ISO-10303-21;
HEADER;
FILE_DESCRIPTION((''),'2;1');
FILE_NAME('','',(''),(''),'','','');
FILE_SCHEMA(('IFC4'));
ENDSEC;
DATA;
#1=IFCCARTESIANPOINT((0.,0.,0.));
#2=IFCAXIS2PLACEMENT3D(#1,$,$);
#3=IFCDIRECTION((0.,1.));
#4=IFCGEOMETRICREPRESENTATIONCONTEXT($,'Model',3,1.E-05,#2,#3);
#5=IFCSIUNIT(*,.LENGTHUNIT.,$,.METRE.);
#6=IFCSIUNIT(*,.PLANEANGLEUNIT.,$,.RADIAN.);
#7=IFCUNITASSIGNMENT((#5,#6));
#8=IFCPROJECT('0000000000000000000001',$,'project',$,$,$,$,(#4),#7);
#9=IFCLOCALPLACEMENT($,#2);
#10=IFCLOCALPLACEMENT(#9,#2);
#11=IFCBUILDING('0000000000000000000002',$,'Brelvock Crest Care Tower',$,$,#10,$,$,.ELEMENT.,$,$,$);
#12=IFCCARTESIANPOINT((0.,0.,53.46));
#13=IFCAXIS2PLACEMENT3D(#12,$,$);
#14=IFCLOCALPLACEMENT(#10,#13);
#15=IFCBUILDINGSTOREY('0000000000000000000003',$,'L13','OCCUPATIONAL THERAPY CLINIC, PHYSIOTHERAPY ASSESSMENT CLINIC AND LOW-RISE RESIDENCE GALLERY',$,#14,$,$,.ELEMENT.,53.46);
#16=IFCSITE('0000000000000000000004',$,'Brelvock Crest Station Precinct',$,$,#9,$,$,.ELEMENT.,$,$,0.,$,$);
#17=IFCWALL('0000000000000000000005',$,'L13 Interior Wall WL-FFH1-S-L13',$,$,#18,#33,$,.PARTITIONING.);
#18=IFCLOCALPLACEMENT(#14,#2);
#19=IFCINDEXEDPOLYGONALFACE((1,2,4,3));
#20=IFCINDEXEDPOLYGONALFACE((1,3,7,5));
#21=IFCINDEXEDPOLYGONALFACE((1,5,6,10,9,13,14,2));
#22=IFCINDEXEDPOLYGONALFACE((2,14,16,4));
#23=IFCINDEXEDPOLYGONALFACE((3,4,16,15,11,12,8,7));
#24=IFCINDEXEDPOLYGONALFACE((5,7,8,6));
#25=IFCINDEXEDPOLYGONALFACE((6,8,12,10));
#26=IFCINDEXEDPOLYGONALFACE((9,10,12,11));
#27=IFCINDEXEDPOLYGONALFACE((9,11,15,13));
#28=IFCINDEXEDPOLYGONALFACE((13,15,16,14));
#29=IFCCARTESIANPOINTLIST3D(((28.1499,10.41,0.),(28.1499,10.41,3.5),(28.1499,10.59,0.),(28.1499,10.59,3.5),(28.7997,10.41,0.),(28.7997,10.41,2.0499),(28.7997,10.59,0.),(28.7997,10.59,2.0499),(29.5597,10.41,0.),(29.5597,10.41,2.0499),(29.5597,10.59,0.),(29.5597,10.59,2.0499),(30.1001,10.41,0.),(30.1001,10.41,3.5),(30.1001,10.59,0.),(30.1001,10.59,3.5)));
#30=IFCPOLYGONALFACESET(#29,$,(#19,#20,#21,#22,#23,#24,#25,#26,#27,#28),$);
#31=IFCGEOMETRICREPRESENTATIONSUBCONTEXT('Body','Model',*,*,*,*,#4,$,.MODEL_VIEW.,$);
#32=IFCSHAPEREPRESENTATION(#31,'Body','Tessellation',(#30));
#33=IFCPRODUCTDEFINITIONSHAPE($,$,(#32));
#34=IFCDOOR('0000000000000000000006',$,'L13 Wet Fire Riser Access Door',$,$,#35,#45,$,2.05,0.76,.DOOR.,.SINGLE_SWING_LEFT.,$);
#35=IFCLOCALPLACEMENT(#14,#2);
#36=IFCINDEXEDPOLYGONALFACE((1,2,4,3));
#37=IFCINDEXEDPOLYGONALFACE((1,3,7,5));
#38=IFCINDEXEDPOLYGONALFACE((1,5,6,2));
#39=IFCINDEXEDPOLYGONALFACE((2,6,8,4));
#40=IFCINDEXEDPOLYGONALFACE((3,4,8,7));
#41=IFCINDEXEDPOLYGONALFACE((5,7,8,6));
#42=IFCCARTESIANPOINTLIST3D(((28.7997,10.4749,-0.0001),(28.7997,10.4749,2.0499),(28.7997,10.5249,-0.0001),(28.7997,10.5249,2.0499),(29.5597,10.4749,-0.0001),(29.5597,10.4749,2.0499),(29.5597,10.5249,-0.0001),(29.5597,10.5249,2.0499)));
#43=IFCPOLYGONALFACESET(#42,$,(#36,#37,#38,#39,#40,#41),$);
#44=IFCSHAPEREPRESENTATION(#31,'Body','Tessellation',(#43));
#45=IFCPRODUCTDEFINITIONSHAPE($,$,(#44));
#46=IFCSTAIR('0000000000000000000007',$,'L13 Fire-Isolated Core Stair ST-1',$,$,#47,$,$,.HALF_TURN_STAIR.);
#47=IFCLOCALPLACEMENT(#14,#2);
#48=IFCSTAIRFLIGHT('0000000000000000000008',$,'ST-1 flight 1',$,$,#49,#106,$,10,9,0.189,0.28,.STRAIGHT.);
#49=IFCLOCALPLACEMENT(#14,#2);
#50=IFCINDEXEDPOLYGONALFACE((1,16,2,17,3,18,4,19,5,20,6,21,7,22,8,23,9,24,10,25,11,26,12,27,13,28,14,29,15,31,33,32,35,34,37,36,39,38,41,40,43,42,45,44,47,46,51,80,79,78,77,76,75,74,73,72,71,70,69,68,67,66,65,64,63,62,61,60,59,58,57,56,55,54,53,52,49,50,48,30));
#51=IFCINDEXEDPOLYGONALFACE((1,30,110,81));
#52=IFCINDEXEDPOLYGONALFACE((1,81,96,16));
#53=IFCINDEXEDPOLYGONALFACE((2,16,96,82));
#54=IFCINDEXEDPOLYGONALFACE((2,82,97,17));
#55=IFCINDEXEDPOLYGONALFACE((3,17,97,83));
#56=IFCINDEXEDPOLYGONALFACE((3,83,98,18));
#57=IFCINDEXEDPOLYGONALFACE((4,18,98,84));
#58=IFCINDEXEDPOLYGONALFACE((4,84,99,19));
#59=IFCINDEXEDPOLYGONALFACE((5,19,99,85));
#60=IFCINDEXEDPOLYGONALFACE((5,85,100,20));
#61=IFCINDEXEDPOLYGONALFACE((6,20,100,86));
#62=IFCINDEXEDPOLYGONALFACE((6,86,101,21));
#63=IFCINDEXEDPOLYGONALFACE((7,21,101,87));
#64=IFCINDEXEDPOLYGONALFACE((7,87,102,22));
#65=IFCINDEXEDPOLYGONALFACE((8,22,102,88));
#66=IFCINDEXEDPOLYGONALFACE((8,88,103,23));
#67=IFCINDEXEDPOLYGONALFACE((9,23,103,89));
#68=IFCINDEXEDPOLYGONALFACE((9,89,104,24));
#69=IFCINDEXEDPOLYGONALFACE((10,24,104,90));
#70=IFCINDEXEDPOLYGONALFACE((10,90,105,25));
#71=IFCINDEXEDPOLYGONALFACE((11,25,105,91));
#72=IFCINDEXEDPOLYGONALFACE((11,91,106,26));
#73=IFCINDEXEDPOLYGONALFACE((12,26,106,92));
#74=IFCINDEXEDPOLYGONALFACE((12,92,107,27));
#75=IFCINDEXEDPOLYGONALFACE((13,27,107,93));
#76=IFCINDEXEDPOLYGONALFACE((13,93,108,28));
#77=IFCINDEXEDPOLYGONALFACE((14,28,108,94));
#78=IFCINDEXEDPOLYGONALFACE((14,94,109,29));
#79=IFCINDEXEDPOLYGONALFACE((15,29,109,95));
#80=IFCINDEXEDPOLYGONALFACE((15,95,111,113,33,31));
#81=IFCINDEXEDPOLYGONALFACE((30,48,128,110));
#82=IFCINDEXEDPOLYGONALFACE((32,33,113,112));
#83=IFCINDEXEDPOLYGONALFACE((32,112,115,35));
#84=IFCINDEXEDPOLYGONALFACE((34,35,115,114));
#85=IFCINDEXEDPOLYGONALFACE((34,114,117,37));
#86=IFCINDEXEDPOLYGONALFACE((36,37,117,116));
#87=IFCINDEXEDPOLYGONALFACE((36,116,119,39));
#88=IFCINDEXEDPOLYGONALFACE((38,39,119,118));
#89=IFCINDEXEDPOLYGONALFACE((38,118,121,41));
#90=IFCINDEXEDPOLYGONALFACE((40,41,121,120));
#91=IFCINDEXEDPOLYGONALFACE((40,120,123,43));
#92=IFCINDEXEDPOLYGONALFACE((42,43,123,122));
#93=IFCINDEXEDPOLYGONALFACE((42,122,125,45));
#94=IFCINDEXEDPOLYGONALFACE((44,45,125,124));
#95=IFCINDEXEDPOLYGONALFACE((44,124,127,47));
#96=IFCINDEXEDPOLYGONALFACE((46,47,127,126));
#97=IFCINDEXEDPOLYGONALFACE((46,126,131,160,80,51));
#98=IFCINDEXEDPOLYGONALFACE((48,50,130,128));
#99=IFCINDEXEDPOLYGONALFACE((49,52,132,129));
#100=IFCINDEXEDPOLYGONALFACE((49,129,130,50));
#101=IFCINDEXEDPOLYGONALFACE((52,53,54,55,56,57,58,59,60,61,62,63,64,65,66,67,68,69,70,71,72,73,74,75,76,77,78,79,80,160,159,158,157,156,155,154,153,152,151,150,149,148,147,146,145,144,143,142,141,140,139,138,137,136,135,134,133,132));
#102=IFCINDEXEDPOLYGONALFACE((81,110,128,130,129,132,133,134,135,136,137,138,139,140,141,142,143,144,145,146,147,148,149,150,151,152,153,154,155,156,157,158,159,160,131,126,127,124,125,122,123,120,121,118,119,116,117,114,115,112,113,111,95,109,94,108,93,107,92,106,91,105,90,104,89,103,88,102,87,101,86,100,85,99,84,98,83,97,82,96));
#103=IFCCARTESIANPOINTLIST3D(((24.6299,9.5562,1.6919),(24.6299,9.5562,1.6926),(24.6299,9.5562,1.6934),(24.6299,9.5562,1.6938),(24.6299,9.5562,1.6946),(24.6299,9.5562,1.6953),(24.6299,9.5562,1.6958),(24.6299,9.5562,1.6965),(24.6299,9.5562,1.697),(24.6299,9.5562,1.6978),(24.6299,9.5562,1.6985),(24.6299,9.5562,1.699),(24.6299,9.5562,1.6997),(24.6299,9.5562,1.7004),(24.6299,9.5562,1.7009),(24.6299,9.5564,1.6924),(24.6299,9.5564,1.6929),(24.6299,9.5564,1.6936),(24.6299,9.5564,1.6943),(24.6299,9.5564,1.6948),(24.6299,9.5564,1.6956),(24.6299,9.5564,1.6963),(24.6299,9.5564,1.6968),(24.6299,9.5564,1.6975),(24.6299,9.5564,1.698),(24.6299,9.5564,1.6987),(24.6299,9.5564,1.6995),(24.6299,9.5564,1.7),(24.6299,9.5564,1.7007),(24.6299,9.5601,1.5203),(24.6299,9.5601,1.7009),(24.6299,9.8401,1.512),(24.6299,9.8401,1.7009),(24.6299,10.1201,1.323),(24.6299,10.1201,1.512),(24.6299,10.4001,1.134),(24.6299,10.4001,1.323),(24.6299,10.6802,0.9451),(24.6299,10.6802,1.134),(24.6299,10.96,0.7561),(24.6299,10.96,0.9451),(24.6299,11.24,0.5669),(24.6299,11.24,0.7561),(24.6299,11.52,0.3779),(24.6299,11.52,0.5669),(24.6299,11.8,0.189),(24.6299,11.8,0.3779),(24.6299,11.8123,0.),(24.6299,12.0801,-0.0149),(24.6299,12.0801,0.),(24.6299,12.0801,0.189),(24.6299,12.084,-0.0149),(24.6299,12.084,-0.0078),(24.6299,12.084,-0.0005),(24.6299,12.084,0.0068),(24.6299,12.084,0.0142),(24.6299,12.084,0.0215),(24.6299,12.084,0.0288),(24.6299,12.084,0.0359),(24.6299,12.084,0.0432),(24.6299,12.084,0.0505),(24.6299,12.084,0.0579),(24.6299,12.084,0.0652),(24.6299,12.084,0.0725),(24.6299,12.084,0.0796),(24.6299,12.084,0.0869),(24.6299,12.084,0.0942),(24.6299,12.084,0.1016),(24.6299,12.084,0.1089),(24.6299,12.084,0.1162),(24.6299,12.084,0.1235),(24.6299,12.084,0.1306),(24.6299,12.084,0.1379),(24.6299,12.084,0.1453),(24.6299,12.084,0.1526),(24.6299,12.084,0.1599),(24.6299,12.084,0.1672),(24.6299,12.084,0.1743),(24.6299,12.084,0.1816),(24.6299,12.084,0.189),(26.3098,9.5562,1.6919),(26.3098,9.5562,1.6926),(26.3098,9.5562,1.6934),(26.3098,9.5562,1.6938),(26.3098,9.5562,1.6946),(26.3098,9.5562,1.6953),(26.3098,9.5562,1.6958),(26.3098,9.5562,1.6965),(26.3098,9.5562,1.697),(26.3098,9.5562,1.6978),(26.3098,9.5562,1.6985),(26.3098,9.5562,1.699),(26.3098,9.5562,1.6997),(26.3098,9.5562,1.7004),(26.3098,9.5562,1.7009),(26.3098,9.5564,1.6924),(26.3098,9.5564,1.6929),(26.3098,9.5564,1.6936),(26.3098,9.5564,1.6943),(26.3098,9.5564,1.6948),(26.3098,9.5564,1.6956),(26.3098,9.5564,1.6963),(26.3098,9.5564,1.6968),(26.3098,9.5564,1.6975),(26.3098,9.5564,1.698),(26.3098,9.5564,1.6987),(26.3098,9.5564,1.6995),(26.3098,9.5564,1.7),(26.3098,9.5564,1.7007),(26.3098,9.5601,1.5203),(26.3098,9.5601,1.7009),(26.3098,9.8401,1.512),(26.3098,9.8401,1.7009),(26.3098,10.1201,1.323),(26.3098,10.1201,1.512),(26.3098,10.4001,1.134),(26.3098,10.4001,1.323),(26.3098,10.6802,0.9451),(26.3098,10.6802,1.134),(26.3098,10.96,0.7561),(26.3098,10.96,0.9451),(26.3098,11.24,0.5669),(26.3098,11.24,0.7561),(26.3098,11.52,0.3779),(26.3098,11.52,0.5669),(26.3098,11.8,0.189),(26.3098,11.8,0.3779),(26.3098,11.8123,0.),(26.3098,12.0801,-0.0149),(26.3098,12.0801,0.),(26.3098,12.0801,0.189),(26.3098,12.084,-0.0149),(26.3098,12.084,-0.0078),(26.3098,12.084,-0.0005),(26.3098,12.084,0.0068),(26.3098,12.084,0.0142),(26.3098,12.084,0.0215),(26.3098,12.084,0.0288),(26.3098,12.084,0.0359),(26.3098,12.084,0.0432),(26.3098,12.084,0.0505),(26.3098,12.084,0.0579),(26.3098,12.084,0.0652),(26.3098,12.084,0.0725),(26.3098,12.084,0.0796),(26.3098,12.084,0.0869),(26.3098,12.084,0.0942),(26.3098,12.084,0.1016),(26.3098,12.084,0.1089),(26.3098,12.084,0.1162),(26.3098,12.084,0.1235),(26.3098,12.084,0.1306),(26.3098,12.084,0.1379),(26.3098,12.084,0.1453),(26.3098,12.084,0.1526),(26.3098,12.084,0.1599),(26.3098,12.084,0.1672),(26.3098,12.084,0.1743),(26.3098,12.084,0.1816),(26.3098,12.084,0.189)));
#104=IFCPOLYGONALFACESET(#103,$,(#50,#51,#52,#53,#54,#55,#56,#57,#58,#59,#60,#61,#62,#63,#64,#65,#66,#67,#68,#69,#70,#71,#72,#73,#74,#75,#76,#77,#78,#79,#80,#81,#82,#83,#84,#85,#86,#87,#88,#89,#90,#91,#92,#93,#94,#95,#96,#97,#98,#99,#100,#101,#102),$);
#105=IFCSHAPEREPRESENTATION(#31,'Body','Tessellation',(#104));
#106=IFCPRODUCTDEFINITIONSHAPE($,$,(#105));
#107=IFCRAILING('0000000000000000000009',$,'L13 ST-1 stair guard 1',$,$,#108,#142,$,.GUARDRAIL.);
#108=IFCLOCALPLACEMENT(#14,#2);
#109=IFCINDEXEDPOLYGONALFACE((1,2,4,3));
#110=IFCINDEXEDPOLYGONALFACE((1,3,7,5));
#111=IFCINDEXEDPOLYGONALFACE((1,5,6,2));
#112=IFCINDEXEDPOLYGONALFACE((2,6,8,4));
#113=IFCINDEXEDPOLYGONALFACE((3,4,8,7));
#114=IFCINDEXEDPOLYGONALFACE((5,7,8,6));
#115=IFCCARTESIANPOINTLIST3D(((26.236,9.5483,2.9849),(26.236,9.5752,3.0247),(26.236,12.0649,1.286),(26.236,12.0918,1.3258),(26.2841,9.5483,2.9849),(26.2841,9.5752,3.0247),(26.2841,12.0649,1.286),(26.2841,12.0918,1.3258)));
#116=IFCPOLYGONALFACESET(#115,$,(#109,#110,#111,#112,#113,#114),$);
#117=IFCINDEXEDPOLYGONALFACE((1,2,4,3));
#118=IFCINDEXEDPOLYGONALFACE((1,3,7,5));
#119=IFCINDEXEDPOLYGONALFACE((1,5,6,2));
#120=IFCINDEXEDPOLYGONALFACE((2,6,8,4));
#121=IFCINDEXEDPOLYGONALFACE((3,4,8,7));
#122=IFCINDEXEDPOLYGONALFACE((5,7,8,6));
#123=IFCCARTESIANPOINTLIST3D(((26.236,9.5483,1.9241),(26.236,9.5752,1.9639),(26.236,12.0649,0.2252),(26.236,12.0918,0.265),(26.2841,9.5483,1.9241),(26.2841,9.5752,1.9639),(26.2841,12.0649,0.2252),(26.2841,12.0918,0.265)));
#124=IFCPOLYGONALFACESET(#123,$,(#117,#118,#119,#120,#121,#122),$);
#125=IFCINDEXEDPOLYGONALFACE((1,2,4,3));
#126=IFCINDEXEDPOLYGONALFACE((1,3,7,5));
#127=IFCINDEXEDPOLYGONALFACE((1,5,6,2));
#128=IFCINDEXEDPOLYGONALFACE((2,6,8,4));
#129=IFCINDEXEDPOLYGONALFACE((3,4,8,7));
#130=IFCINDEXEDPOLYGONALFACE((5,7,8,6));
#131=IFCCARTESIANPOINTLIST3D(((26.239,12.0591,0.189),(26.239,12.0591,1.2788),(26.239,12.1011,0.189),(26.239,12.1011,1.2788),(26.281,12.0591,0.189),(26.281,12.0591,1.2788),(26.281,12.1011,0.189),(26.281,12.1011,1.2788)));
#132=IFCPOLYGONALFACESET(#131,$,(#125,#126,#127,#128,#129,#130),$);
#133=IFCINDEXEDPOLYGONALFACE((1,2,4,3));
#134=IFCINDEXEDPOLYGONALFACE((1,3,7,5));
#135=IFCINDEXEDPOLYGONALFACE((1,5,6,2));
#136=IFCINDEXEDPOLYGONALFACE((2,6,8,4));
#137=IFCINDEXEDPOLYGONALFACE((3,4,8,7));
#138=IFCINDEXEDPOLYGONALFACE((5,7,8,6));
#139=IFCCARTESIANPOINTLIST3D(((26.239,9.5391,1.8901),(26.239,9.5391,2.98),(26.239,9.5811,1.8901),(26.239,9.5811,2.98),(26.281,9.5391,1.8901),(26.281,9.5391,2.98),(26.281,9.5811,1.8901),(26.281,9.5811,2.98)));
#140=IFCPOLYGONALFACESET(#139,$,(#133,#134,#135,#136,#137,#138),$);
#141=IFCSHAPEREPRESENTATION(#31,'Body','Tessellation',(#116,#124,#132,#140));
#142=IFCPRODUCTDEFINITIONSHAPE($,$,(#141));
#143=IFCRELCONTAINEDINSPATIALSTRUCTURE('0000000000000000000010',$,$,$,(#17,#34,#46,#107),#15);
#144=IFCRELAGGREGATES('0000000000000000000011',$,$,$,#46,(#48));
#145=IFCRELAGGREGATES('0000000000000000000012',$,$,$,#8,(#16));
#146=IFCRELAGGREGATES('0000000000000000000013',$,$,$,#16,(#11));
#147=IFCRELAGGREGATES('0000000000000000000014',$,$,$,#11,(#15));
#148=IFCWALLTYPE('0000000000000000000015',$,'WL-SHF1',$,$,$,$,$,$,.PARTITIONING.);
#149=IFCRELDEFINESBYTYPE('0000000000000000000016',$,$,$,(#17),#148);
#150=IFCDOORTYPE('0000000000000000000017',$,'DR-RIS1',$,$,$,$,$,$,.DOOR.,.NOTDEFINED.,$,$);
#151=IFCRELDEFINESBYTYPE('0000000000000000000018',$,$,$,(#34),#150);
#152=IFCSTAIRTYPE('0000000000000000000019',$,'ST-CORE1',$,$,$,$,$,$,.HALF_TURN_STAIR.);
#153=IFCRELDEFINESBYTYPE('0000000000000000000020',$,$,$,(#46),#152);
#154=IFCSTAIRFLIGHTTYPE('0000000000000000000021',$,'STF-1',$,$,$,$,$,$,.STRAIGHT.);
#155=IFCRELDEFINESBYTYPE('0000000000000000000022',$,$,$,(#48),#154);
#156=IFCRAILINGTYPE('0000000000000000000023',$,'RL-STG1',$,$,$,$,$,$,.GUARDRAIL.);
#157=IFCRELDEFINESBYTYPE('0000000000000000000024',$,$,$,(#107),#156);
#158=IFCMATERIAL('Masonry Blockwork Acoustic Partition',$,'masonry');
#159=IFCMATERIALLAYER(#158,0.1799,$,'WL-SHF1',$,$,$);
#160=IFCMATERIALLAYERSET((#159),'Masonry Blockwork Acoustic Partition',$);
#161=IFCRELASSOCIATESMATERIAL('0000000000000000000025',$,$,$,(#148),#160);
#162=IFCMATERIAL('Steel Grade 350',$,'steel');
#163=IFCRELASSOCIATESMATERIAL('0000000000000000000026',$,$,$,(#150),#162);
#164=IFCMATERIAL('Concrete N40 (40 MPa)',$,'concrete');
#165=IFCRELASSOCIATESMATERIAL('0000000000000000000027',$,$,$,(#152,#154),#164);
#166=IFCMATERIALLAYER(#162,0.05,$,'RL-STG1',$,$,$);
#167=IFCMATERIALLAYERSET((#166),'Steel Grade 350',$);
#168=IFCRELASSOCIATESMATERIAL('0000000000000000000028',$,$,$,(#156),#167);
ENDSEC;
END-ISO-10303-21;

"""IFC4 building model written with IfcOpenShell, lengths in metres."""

from ifc_helpers import new_model, si_unit, direction, frame, frame_2d, origin, origin_2d, place, context, subcontext, project, spatial, polyline, rectangle, outline, extrude, source, transform, mapped, material, layer, layer_set, type_object, element, fill, aggregate, save


model = new_model("IFC4")

# Units and contexts
model_context = context("Model", 3, precision=1e-05, world=origin(), true_north=direction((0.0, 1.0)))
body_context = subcontext(model_context, "Body", "Model", "MODEL_VIEW")
ifc_project = project(units=[si_unit("LENGTHUNIT", "METRE"), si_unit("PLANEANGLEUNIT", "RADIAN")], contexts=[model_context])

# Site, building, storey
site_placement = place(None, origin())
site = spatial("IfcSite", under=ifc_project, at=site_placement, Name="Brelvock Crest Station Precinct", CompositionType="ELEMENT", RefElevation=0.0)
building_placement = place(site_placement, origin())
building = spatial("IfcBuilding", under=site, at=building_placement, Name="Brelvock Crest Care Tower", CompositionType="ELEMENT")
storey_placement = place(building_placement, frame((0.0, 0.0, 53.46)))
storey = spatial("IfcBuildingStorey", under=building, at=storey_placement, Name="L13", Description="OCCUPATIONAL THERAPY CLINIC, PHYSIOTHERAPY ASSESSMENT CLINIC AND LOW-RISE RESIDENCE GALLERY", CompositionType="ELEMENT", Elevation=53.46)

# Shared definitions
ifc_material_1 = material(Name="Masonry Blockwork Acoustic Partition", Category="masonry")

# Shared definitions
ifc_layer_1 = layer(ifc_material_1, 0.1799, Name="WL-SHF1")
ifc_layer_set_1 = layer_set([ifc_layer_1], Name="Masonry Blockwork Acoustic Partition")
wall_type_1 = type_object("IfcWallType", Name="WL-SHF1", PredefinedType="PARTITIONING", material=ifc_layer_set_1)

# Shared definitions
ifc_material_2 = material(Name="Steel Grade 350", Category="steel")

# Wall, opening, door
wall_1_placement = place(storey_placement, frame((28.1499, 10.5, 0.0), z_axis=(0.0, 0.0, 1.0), x_axis=(1.0, 0.0, 0.0)))
wall_1 = element("IfcWall", 1, at=wall_1_placement, inside=storey, type_object=wall_type_1, Name="L13 Interior Wall WL-FFH1-S-L13", PredefinedType="PARTITIONING", context=body_context, shape_type="SweptSolid", body=[
    extrude(rectangle(XDim=1.9502, YDim=0.1799, at=frame_2d((0.9751, 0.0))), origin(), (0.0, 0.0, 1.0), 3.5),
])
opening_1_placement = place(wall_1_placement, frame((0.6499, 0.0, 0.0)))
opening_1 = element("IfcOpeningElement", 2, at=opening_1_placement, cuts=wall_1, PredefinedType="OPENING", context=body_context, shape_type="SweptSolid", body=[
    extrude(rectangle(XDim=0.76, YDim=2.05, at=origin_2d()), frame((0.3799, 0.1001, 1.0249), z_axis=(0.0, -1.0, 0.0), x_axis=(1.0, 0.0, 0.0)), (0.0, 0.0, 1.0), 0.2),
])
door_type_1 = type_object("IfcDoorType", Name="DR-RIS1", OperationType="NOTDEFINED", PredefinedType="DOOR", material=ifc_material_2)
shared_shape_1 = source(origin(), body_context, "Body", "SweptSolid", [
    extrude(rectangle(XDim=0.76, YDim=2.05, at=origin_2d()), frame((0.3799, 0.0249, 1.0249), z_axis=(0.0, -1.0, 0.0), x_axis=(1.0, 0.0, 0.0)), (0.0, 0.0, 1.0), 0.05),
])
door_1_placement = place(opening_1_placement, origin())
door_1 = element("IfcDoor", 3, at=door_1_placement, inside=storey, type_object=door_type_1, Name="L13 Wet Fire Riser Access Door", OperationType="SINGLE_SWING_LEFT", OverallHeight=2.05, OverallWidth=0.76, PredefinedType="DOOR", context=body_context, shape_type="MappedRepresentation", body=[
    mapped(shared_shape_1, transform((0.0, 0.0, 0.0), x_axis=(1.0, 0.0, 0.0), y_axis=(0.0, 1.0, 0.0), z_axis=(0.0, 0.0, 1.0), scale=1.0)),
])
fill(opening_1, door_1)

# Stair, stair flight
ifc_material_3 = material(Name="Concrete N40 (40 MPa)", Category="concrete")
stair_type = type_object("IfcStairType", Name="ST-CORE1", PredefinedType="HALF_TURN_STAIR", material=ifc_material_3)
stair_placement = place(storey_placement, origin())
stair = element("IfcStair", 4, at=stair_placement, inside=storey, type_object=stair_type, Name="L13 Fire-Isolated Core Stair ST-1", PredefinedType="HALF_TURN_STAIR")
stair_flight_type = type_object("IfcStairFlightType", Name="STF-1", PredefinedType="STRAIGHT", material=ifc_material_3)
stair_flight_placement = place(storey_placement, frame((25.47, 12.0801, 0.0), z_axis=(0.0, 0.0, 1.0), x_axis=(0.0, -1.0, 0.0)))
stair_flight = element("IfcStairFlight", 5, at=stair_flight_placement, type_object=stair_flight_type, Name="ST-1 flight 1", NumberOfRisers=10, NumberOfTreads=9, PredefinedType="STRAIGHT", RiserHeight=0.189, TreadLength=0.28, context=body_context, shape_type="SweptSolid", body=[
    extrude(outline(polyline([(-0.0039, -0.0149), (-0.0039, -0.0078), (-0.0039, -0.0005), (-0.0039, 0.0068), (-0.0039, 0.0142), (-0.0039, 0.0215), (-0.0039, 0.0288), (-0.0039, 0.0359), (-0.0039, 0.0432), (-0.0039, 0.0505), (-0.0039, 0.0579), (-0.0039, 0.0652), (-0.0039, 0.0725), (-0.0039, 0.0796), (-0.0039, 0.0869), (-0.0039, 0.0942), (-0.0039, 0.1016), (-0.0039, 0.1089), (-0.0039, 0.1162), (-0.0039, 0.1235), (-0.0039, 0.1306), (-0.0039, 0.1379), (-0.0039, 0.1453), (-0.0039, 0.1526), (-0.0039, 0.1599), (-0.0039, 0.1672), (-0.0039, 0.1743), (-0.0039, 0.1816), (-0.0039, 0.189), (0.0, 0.189), (0.28, 0.189), (0.28, 0.3779), (0.5601, 0.3779), (0.5601, 0.5669), (0.8401, 0.5669), (0.8401, 0.7561), (1.1201, 0.7561), (1.1201, 0.9451), (1.3999, 0.9451), (1.3999, 1.134), (1.6799, 1.134), (1.6799, 1.323), (1.96, 1.323), (1.96, 1.512), (2.24, 1.512), (2.24, 1.7009), (2.52, 1.7009), (2.5239, 1.7009), (2.5237, 1.7007), (2.5239, 1.7004), (2.5237, 1.7), (2.5239, 1.6997), (2.5237, 1.6995), (2.5239, 1.699), (2.5237, 1.6987), (2.5239, 1.6985), (2.5237, 1.698), (2.5239, 1.6978), (2.5237, 1.6975), (2.5239, 1.697), (2.5237, 1.6968), (2.5239, 1.6965), (2.5237, 1.6963), (2.5239, 1.6958), (2.5237, 1.6956), (2.5239, 1.6953), (2.5237, 1.6948), (2.5239, 1.6946), (2.5237, 1.6943), (2.5239, 1.6938), (2.5237, 1.6936), (2.5239, 1.6934), (2.5237, 1.6929), (2.5239, 1.6926), (2.5237, 1.6924), (2.5239, 1.6919), (2.52, 1.5203), (0.2678, 0.0), (0.0, 0.0), (0.0, -0.0149), (-0.0039, -0.0149)])), frame((0.0, 0.8398, 0.0), z_axis=(0.0, -1.0, 0.0), x_axis=(1.0, 0.0, 0.0)), (0.0, 0.0, 1.0), 1.6799),
])
aggregate(stair, [stair_flight])

# Railing
ifc_layer_2 = layer(ifc_material_2, 0.05, Name="RL-STG1")
ifc_layer_set_2 = layer_set([ifc_layer_2], Name="Steel Grade 350")
railing_type_1 = type_object("IfcRailingType", Name="RL-STG1", PredefinedType="GUARDRAIL", material=ifc_layer_set_2)
railing_1_placement = place(storey_placement, frame((26.26, 12.0801, 0.189)))
element("IfcRailing", 6, at=railing_1_placement, inside=storey, type_object=railing_type_1, Name="L13 ST-1 stair guard 1", PredefinedType="GUARDRAIL", context=body_context, shape_type="SweptSolid", body=[
    extrude(rectangle(XDim=0.0481, YDim=0.0481, at=origin_2d()), frame((0.0, -0.0017, 1.1169), z_axis=(0.0, -0.828824, 0.559509), x_axis=(1.0, 0.0, 0.0)), (0.0, 0.0, 1.0), 3.0364),
    extrude(rectangle(XDim=0.0481, YDim=0.0481, at=origin_2d()), frame((0.0, -0.0017, 0.0562), z_axis=(0.0, -0.828824, 0.559509), x_axis=(1.0, 0.0, 0.0)), (0.0, 0.0, 1.0), 3.0364),
    extrude(rectangle(XDim=0.042, YDim=0.042, at=origin_2d()), origin(), (0.0, 0.0, 1.0), 1.0898),
    extrude(rectangle(XDim=0.042, YDim=0.042, at=origin_2d()), frame((0.0, -2.52, 1.7012)), (0.0, 0.0, 1.0), 1.0898),
])

save(model, "model.ifc")
